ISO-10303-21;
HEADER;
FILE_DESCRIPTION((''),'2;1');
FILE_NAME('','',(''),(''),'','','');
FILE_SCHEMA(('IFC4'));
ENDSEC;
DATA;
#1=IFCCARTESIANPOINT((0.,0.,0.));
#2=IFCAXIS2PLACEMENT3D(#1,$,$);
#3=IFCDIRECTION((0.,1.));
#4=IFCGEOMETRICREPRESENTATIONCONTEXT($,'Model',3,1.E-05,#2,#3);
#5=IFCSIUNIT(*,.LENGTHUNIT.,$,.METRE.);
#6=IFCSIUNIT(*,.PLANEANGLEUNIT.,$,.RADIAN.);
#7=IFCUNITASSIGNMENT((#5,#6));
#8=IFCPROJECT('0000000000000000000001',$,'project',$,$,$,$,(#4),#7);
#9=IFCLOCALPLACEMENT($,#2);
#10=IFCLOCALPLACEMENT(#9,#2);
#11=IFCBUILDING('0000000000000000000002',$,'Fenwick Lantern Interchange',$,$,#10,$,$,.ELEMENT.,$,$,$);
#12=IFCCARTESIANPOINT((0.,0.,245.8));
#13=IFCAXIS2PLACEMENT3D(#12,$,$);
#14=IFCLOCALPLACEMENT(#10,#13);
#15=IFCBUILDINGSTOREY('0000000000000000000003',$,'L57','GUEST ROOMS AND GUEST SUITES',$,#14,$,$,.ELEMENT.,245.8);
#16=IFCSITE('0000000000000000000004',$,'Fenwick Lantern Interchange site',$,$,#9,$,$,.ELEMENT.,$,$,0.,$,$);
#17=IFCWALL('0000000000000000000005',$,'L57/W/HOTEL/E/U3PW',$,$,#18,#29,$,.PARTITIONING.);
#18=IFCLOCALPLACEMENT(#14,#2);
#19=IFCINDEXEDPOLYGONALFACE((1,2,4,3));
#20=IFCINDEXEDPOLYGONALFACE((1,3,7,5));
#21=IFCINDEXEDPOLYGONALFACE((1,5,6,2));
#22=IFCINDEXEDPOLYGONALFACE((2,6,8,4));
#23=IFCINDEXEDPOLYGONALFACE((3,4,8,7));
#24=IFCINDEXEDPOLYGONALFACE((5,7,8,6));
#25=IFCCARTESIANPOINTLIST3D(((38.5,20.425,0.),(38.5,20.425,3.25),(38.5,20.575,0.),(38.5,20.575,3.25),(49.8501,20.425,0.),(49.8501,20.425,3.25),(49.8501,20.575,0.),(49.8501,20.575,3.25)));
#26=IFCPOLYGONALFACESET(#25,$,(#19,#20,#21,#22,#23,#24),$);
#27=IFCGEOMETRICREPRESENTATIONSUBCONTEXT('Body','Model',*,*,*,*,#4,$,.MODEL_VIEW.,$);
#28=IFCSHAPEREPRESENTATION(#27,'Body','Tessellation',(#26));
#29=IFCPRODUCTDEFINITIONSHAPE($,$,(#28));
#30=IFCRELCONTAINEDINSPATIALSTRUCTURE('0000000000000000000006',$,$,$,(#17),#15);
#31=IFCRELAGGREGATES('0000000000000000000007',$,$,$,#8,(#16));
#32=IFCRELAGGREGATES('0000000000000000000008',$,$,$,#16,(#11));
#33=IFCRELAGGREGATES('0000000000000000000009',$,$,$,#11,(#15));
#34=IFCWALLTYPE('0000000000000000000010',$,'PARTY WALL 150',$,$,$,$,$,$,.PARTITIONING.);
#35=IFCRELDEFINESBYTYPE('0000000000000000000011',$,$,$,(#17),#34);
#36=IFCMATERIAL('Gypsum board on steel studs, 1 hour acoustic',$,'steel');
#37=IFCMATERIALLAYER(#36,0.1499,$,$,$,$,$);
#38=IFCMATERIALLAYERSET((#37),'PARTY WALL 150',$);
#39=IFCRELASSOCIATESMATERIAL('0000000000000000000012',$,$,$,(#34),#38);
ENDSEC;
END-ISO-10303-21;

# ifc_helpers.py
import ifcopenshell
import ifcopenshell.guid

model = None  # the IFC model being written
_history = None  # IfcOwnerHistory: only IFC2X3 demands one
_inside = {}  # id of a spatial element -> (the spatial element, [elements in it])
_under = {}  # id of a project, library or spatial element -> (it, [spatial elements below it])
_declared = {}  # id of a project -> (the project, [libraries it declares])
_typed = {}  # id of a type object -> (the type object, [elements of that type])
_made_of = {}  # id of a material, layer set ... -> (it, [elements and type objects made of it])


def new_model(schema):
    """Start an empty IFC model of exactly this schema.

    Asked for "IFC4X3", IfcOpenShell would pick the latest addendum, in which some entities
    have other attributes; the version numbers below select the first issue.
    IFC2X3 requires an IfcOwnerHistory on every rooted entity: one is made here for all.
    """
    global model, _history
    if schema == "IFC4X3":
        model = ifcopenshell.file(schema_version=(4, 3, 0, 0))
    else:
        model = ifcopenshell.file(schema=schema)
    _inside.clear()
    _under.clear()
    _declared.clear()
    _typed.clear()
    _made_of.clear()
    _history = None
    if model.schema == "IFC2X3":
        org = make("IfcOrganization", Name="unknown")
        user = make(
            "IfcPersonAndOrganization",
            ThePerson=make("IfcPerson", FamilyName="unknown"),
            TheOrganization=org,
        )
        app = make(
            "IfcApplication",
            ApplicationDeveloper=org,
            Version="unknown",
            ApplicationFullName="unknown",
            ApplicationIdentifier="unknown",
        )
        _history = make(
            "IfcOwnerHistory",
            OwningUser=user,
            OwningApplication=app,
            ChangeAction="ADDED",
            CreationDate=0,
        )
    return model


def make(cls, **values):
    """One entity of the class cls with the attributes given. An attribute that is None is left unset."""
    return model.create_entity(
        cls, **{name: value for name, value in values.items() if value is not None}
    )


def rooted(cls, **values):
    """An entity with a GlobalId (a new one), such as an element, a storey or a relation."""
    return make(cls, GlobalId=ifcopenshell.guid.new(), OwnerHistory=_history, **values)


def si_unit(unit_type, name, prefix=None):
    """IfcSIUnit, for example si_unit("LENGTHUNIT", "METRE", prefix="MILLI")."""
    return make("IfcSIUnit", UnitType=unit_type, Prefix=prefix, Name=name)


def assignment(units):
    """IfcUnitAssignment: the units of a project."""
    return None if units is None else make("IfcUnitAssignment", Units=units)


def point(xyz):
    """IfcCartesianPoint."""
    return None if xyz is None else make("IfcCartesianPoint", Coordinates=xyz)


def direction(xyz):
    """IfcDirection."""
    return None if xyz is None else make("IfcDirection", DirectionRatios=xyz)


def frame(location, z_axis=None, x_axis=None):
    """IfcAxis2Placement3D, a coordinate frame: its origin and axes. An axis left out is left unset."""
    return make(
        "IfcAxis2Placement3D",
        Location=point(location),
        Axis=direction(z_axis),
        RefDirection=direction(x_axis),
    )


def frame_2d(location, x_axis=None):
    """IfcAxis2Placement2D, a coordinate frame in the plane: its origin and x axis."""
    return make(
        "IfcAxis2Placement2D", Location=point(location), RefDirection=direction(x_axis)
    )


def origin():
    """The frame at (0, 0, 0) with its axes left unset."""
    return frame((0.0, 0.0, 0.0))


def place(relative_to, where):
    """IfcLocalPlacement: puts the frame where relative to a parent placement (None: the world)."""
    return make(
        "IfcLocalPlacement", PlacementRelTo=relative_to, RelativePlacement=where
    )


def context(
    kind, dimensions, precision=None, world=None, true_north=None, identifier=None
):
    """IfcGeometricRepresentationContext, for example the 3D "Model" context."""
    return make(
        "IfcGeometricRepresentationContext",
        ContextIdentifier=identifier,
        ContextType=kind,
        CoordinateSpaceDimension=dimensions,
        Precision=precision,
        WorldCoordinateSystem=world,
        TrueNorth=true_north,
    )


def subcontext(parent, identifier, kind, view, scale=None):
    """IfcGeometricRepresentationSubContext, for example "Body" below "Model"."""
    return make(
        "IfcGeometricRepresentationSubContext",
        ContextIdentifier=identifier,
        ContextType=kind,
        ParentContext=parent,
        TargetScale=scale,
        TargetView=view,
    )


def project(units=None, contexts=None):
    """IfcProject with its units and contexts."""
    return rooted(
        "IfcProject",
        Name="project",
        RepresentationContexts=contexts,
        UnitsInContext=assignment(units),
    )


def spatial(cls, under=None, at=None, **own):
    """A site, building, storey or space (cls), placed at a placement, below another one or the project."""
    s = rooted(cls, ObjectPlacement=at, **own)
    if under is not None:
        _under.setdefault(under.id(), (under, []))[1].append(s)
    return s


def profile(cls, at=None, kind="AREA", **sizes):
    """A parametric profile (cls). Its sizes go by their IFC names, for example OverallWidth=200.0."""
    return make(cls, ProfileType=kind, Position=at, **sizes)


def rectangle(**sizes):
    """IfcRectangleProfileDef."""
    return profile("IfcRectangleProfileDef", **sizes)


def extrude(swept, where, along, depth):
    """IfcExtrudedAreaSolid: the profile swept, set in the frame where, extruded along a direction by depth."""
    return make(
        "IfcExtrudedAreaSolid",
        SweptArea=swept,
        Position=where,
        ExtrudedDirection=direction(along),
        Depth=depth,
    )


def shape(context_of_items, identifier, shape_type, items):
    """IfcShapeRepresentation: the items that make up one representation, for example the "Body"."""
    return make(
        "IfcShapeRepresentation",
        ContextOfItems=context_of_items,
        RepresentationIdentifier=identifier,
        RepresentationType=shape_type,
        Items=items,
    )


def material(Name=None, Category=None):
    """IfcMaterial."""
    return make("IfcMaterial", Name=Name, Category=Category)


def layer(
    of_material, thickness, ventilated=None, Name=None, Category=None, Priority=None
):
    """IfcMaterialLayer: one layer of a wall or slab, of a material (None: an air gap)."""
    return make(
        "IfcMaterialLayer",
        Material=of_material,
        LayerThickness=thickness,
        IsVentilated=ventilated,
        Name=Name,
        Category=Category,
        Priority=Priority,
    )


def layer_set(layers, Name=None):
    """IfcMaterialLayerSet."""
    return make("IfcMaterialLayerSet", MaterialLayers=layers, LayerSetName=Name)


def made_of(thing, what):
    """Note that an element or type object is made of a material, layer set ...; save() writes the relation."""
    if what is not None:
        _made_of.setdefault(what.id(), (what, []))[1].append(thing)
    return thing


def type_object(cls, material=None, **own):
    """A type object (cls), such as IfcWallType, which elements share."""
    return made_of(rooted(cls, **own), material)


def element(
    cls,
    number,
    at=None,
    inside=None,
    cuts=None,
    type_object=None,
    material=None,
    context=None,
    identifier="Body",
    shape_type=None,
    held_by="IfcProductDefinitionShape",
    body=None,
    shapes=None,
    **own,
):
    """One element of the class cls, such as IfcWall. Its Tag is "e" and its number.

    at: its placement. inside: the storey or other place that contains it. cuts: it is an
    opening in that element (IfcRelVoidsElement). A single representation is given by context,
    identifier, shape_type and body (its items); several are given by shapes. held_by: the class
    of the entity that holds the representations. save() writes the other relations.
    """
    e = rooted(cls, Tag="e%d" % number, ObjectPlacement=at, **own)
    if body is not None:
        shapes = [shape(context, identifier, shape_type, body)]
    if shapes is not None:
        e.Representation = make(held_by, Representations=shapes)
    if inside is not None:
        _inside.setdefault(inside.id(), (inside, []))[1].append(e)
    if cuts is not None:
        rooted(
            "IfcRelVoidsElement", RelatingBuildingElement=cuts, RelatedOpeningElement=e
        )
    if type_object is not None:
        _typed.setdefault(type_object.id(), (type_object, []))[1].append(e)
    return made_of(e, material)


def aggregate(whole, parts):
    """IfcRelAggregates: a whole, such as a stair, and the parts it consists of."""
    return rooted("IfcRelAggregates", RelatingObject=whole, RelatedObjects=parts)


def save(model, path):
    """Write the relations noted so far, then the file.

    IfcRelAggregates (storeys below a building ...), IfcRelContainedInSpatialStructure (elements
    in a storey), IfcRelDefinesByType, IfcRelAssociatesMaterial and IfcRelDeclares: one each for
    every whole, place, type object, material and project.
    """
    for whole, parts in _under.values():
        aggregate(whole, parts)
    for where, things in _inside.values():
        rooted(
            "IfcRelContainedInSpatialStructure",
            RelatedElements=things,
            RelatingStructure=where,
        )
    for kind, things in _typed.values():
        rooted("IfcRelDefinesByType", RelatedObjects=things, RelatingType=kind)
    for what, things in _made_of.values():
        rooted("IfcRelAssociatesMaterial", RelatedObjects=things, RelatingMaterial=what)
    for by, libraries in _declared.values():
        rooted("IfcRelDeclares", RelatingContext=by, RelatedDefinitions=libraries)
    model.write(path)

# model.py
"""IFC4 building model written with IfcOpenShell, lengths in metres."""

from ifc_helpers import new_model, si_unit, direction, frame, frame_2d, origin, place, context, subcontext, project, spatial, rectangle, extrude, material, layer, layer_set, type_object, element, save


model = new_model("IFC4")

# Units and contexts
model_context = context("Model", 3, precision=1e-05, world=origin(), true_north=direction((0.0, 1.0)))
body_context = subcontext(model_context, "Body", "Model", "MODEL_VIEW")
ifc_project = project(units=[si_unit("LENGTHUNIT", "METRE"), si_unit("PLANEANGLEUNIT", "RADIAN")], contexts=[model_context])

# Site, building, storey
site_placement = place(None, origin())
site = spatial("IfcSite", under=ifc_project, at=site_placement, Name="Fenwick Lantern Interchange site", CompositionType="ELEMENT", RefElevation=0.0)
building_placement = place(site_placement, origin())
building = spatial("IfcBuilding", under=site, at=building_placement, Name="Fenwick Lantern Interchange", CompositionType="ELEMENT")
storey_placement = place(building_placement, frame((0.0, 0.0, 245.8)))
storey = spatial("IfcBuildingStorey", under=building, at=storey_placement, Name="L57", Description="GUEST ROOMS AND GUEST SUITES", CompositionType="ELEMENT", Elevation=245.8)

# Wall
ifc_material_1 = material(Name="Gypsum board on steel studs, 1 hour acoustic", Category="steel")
ifc_layer_1 = layer(ifc_material_1, 0.1499)
ifc_layer_set_1 = layer_set([ifc_layer_1], Name="PARTY WALL 150")
wall_type_1 = type_object("IfcWallType", Name="PARTY WALL 150", PredefinedType="PARTITIONING", material=ifc_layer_set_1)
for number, where, z_axis, x_axis, name in (
    (1, (49.8501, 20.5, 0.0), (0.0, 0.0, 1.0), (-1.0, 0.0, 0.0), "L57/W/HOTEL/E/U3PW"),
):
    element("IfcWall", number, at=place(storey_placement, frame(where, z_axis=z_axis, x_axis=x_axis)), inside=storey, type_object=wall_type_1, Name=name, PredefinedType="PARTITIONING", context=body_context, shape_type="SweptSolid", body=[
        extrude(rectangle(XDim=11.3501, YDim=0.1499, at=frame_2d((5.675, 0.0))), origin(), (0.0, 0.0, 1.0), 3.25),
    ])

save(model, "model.ifc")
